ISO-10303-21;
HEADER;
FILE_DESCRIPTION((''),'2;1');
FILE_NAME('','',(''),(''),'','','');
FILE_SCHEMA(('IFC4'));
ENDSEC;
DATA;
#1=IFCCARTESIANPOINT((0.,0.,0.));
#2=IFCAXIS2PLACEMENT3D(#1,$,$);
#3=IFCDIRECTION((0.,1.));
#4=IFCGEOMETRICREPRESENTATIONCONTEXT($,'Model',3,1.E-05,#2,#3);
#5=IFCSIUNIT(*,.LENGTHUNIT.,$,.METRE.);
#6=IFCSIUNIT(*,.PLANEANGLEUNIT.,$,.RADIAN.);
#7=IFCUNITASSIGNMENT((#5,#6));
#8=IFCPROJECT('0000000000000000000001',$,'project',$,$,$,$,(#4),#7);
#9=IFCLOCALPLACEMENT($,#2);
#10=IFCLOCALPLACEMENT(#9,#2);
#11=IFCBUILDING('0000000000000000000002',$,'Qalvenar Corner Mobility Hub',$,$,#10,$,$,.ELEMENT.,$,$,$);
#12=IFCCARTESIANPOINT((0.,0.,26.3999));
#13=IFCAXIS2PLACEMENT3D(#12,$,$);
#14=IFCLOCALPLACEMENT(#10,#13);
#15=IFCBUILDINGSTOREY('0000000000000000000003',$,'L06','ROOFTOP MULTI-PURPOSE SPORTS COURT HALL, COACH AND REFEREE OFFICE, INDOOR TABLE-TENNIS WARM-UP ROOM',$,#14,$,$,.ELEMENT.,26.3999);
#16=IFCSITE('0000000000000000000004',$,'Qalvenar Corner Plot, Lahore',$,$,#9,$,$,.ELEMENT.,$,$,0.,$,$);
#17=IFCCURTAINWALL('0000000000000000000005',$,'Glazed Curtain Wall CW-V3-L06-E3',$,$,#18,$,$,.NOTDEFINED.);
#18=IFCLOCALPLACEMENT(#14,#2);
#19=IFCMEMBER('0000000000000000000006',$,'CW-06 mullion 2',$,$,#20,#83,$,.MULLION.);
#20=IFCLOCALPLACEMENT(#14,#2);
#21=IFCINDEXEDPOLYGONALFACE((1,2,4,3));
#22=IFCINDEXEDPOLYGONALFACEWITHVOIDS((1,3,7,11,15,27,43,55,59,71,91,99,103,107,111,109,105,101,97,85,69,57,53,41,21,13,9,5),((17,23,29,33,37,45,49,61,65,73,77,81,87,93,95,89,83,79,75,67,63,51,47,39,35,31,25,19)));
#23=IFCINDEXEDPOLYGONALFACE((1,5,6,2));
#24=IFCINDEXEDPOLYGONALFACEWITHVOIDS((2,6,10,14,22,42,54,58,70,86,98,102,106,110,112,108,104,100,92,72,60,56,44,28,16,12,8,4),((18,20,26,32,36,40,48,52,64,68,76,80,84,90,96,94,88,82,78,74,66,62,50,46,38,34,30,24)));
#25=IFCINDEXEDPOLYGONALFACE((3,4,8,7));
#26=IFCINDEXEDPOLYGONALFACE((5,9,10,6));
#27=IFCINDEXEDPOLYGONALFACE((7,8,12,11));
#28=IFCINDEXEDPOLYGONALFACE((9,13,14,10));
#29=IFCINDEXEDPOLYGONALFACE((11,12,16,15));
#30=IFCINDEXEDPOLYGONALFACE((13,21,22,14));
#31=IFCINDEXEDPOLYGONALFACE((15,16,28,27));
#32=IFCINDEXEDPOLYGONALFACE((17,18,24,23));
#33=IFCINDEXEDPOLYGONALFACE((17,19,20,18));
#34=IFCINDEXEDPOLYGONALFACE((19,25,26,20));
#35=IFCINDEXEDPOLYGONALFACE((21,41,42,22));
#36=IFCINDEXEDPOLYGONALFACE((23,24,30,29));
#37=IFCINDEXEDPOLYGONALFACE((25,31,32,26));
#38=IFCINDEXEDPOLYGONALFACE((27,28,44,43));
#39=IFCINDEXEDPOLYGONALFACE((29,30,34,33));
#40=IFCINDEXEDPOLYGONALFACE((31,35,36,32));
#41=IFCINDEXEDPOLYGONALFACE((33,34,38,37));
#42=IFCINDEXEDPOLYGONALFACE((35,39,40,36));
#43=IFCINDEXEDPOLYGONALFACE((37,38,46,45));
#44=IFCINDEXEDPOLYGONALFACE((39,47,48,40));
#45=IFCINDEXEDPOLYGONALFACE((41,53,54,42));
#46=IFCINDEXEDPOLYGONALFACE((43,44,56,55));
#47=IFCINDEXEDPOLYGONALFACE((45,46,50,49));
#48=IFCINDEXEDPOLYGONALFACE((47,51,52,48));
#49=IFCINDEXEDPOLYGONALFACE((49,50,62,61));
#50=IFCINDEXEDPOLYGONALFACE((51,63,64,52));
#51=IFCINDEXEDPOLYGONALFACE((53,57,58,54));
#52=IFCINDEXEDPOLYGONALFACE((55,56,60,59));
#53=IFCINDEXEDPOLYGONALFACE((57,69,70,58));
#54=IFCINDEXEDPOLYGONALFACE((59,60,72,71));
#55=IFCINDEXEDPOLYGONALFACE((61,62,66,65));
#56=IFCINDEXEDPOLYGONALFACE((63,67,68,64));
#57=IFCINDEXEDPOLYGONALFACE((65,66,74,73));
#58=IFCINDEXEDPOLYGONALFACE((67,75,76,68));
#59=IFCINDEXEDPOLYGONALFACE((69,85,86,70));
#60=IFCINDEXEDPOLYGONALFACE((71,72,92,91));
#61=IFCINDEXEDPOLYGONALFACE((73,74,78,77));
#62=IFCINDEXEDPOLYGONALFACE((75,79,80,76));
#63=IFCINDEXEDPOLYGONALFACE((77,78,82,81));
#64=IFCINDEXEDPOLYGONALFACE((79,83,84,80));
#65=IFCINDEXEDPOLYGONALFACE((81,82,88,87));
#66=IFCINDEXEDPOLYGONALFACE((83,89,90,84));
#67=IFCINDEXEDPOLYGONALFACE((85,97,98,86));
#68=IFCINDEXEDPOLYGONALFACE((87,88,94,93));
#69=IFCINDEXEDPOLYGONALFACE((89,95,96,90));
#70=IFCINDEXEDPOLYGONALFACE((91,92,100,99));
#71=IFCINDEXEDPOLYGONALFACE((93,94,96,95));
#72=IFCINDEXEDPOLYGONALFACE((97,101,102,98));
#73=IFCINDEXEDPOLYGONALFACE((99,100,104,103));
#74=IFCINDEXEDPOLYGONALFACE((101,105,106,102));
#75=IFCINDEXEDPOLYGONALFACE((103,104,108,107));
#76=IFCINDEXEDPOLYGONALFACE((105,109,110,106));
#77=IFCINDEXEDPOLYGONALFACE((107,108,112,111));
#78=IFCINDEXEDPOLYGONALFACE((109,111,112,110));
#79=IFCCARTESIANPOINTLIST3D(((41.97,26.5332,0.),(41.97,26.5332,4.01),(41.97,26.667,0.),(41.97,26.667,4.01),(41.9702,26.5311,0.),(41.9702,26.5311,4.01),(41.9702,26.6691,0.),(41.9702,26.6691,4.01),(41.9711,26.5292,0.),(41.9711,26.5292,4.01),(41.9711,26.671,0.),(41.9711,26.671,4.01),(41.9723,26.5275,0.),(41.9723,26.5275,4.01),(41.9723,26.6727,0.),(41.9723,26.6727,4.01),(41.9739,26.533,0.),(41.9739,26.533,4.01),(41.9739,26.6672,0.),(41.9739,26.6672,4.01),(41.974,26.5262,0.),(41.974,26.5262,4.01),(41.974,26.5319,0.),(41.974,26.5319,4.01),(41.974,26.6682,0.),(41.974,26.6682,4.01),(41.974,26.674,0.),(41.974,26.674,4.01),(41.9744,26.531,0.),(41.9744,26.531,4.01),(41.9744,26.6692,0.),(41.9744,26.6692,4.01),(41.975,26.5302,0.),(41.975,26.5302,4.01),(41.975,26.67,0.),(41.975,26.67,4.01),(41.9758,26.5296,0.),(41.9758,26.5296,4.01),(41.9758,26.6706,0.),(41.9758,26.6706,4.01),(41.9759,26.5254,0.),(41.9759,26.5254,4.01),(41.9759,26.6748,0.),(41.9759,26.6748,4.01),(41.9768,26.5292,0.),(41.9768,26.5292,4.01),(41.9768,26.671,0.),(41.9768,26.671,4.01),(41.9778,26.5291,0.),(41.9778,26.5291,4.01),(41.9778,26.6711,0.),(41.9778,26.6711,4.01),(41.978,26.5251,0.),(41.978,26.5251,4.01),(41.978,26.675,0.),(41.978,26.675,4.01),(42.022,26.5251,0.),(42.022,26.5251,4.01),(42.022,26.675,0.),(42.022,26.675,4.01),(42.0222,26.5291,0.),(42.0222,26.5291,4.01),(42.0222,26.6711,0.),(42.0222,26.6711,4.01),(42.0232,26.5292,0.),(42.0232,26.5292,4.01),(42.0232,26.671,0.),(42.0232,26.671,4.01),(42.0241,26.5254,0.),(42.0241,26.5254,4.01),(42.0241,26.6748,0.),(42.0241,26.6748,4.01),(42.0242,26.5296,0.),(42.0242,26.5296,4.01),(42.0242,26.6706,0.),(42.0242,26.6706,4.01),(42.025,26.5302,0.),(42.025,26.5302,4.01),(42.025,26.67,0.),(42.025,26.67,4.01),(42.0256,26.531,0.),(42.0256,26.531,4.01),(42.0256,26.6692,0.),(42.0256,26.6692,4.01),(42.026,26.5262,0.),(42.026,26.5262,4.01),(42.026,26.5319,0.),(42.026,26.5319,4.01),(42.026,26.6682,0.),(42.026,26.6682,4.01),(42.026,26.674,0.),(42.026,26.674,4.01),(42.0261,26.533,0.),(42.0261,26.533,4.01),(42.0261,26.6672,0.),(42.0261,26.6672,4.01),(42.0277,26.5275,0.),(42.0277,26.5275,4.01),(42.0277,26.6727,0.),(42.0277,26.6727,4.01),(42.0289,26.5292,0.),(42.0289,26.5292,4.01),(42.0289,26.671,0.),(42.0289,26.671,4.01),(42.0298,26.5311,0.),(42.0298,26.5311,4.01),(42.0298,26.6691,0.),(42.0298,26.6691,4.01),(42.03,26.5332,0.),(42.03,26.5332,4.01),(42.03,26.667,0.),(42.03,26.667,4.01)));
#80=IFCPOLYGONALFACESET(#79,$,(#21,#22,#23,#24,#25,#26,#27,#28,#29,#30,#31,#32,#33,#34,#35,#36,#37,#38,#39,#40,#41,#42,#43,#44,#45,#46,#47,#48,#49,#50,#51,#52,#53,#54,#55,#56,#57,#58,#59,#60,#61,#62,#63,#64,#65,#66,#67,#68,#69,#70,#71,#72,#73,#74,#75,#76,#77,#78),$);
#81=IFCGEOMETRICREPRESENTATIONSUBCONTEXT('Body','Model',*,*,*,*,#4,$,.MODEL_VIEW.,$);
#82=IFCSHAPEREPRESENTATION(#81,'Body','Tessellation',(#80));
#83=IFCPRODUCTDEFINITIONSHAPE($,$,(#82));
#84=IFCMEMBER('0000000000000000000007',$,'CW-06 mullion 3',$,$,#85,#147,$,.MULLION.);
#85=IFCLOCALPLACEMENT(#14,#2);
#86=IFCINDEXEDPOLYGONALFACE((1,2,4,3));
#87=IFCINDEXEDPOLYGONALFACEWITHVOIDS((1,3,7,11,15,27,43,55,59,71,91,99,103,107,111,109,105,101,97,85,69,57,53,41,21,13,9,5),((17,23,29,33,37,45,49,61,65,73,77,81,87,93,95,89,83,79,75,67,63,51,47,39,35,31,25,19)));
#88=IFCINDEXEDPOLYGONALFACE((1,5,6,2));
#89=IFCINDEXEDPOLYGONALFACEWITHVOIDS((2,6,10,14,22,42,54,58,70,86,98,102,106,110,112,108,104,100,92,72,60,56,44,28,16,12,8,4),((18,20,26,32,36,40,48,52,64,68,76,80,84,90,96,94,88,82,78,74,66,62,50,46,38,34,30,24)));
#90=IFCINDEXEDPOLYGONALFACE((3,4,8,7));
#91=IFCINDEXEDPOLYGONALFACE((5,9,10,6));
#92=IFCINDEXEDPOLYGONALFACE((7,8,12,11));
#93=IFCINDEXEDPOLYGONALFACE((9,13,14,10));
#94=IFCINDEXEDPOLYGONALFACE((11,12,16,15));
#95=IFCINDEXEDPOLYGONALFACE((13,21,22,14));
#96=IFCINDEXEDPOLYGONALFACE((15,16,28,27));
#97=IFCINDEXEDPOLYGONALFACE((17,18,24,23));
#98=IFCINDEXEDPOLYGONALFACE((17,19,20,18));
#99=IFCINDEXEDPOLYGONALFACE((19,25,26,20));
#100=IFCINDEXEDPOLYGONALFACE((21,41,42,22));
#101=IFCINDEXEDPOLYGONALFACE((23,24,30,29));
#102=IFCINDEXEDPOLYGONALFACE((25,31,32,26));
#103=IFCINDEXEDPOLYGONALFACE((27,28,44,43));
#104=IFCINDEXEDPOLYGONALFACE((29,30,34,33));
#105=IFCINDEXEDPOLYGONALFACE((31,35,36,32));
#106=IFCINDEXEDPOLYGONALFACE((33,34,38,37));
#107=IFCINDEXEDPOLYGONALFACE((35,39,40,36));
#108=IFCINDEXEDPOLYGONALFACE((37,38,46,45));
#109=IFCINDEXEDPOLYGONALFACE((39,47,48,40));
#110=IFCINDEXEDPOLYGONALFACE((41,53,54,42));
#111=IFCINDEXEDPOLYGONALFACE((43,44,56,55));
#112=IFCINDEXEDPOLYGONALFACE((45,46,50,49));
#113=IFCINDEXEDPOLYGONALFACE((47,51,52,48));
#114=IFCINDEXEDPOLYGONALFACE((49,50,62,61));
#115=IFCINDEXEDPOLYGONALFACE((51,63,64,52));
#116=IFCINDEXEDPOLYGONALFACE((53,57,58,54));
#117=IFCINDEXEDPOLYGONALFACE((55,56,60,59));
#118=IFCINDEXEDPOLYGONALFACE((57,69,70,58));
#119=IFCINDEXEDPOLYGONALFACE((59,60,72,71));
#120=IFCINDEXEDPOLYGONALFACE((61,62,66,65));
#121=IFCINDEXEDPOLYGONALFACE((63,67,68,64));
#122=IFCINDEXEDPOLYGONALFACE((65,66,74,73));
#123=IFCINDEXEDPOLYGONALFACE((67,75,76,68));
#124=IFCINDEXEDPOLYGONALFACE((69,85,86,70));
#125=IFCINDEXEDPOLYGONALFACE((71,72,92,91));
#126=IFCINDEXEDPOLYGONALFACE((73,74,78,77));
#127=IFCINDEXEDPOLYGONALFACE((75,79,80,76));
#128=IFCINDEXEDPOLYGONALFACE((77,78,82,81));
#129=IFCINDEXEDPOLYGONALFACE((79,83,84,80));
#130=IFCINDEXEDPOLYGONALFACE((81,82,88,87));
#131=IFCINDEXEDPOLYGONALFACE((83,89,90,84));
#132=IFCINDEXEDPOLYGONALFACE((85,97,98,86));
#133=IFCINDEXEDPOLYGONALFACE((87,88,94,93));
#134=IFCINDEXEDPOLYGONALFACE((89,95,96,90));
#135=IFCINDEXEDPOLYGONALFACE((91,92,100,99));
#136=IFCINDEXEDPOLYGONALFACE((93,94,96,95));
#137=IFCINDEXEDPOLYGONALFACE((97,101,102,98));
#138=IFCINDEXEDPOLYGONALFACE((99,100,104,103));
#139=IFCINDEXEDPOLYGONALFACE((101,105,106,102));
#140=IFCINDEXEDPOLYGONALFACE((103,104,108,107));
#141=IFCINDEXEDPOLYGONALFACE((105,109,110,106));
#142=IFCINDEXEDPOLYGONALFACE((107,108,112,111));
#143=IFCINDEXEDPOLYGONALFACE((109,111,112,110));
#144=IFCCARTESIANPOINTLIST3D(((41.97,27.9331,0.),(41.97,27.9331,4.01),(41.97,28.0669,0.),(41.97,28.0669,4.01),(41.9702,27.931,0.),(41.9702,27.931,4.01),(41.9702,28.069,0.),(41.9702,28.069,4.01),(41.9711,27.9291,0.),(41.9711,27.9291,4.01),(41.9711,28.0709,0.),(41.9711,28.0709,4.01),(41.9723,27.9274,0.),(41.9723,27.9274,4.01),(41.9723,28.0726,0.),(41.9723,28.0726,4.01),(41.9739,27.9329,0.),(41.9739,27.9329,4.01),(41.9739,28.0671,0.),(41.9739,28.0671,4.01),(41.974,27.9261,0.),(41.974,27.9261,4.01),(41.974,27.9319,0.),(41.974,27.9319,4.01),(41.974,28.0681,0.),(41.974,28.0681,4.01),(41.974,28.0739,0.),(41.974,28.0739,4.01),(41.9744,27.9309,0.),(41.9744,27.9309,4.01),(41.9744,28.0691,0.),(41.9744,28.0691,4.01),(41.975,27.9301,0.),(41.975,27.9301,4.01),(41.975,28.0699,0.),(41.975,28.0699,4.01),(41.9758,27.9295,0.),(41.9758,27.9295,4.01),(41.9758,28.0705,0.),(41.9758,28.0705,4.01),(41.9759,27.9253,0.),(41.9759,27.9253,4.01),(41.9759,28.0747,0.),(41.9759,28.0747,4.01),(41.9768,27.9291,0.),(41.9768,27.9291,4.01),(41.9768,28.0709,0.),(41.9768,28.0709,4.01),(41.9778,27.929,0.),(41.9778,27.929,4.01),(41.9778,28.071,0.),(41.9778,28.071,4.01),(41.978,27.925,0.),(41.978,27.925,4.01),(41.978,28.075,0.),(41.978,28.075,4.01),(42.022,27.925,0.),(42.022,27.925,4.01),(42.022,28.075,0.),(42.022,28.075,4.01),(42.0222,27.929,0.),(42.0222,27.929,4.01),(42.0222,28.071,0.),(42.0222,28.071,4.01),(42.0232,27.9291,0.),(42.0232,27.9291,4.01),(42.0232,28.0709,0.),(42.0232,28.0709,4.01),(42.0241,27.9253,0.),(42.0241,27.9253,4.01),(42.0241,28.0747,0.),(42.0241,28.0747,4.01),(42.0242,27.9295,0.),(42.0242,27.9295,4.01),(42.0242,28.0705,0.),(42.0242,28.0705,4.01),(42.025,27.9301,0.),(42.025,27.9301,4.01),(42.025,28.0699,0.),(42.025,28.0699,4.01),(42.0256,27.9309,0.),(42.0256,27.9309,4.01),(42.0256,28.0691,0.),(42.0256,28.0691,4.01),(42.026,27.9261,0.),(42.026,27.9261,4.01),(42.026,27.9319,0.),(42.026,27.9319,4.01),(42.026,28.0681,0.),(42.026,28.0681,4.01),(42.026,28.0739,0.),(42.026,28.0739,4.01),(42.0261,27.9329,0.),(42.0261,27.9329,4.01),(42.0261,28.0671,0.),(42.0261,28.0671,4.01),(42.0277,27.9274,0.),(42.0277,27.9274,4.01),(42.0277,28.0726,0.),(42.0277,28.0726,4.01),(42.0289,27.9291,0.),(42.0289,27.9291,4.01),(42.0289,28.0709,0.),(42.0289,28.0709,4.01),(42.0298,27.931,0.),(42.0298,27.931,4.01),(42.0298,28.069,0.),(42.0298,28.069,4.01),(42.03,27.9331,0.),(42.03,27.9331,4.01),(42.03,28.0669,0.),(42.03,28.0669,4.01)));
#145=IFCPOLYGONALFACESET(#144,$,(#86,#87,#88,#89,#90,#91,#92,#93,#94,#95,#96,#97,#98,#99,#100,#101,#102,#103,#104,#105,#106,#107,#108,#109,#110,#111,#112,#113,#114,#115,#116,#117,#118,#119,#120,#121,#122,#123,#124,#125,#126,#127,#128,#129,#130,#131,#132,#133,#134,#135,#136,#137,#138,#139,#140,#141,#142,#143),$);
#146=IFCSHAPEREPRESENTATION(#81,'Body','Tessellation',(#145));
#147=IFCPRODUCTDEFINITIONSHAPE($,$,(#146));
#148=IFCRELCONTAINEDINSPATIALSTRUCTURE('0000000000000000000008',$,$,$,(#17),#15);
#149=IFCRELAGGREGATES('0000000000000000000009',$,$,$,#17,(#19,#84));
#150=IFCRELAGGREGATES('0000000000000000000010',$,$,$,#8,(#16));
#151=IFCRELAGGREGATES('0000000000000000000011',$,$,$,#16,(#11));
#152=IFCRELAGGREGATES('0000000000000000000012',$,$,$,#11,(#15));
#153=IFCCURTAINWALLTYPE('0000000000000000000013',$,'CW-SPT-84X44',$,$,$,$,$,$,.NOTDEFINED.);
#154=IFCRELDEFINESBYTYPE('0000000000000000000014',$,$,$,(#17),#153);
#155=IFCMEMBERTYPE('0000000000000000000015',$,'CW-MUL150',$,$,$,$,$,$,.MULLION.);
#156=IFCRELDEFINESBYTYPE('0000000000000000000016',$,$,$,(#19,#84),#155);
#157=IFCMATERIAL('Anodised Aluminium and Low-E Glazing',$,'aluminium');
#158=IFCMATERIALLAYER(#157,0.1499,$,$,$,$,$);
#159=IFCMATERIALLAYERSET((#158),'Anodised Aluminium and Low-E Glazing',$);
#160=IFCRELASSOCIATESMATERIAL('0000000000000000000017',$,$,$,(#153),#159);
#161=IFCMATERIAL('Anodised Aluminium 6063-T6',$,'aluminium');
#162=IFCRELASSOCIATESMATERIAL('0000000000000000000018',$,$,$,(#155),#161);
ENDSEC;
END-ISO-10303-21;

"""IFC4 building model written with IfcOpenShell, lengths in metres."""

from ifc_helpers import new_model, si_unit, direction, frame, origin, origin_2d, place, context, subcontext, project, spatial, hollow_rectangle, extrude, material, layer, layer_set, material_profile, profile_set, type_object, element, aggregate, save


model = new_model("IFC4")

# Units and contexts
model_context = context("Model", 3, precision=1e-05, world=origin(), true_north=direction((0.0, 1.0)))
body_context = subcontext(model_context, "Body", "Model", "MODEL_VIEW")
ifc_project = project(units=[si_unit("LENGTHUNIT", "METRE"), si_unit("PLANEANGLEUNIT", "RADIAN")], contexts=[model_context])

# Site, building, storey
site_placement = place(None, origin())
site = spatial("IfcSite", under=ifc_project, at=site_placement, Name="Qalvenar Corner Plot, Lahore", CompositionType="ELEMENT", RefElevation=0.0)
building_placement = place(site_placement, origin())
building = spatial("IfcBuilding", under=site, at=building_placement, Name="Qalvenar Corner Mobility Hub", CompositionType="ELEMENT")
storey_placement = place(building_placement, frame((0.0, 0.0, 26.3999)))
storey = spatial("IfcBuildingStorey", under=building, at=storey_placement, Name="L06", Description="ROOFTOP MULTI-PURPOSE SPORTS COURT HALL, COACH AND REFEREE OFFICE, INDOOR TABLE-TENNIS WARM-UP ROOM", CompositionType="ELEMENT", Elevation=26.3999)

# Shared definitions
ifc_material_1 = material(Name="Anodised Aluminium and Low-E Glazing", Category="aluminium")
ifc_material_2 = material(Name="Anodised Aluminium 6063-T6", Category="aluminium")

# Curtain wall, members
ifc_layer_1 = layer(ifc_material_1, 0.1499)
ifc_layer_set_1 = layer_set([ifc_layer_1], Name="Anodised Aluminium and Low-E Glazing")
curtain_wall_type_1 = type_object("IfcCurtainWallType", Name="CW-SPT-84X44", PredefinedType="NOTDEFINED", material=ifc_layer_set_1)
curtain_wall_1_placement = place(storey_placement, origin())
curtain_wall_1 = element("IfcCurtainWall", 1, at=curtain_wall_1_placement, inside=storey, type_object=curtain_wall_type_1, Name="Glazed Curtain Wall CW-V3-L06-E3", PredefinedType="NOTDEFINED")
ifc_material_profile_1 = material_profile(ifc_material_2, hollow_rectangle(XDim=0.0601, YDim=0.1499, WallThickness=0.0039, InnerFilletRadius=0.0039, OuterFilletRadius=0.0081, at=origin_2d()), Name="RHS150x60x4")
ifc_profile_set_1 = profile_set([ifc_material_profile_1], Name="Anodised Aluminium 6063-T6")
member_type_1 = type_object("IfcMemberType", Name="CW-MUL150", PredefinedType="MULLION", material=ifc_profile_set_1)
member_1_placement = place(storey_placement, frame((42.0, 26.6001, 0.0), z_axis=(0.0, 0.0, 1.0), x_axis=(-1.0, 0.0, 0.0)))
member_1 = element("IfcMember", 2, at=member_1_placement, type_object=member_type_1, Name="CW-06 mullion 2", PredefinedType="MULLION", context=body_context, shape_type="SweptSolid", body=[
    extrude(hollow_rectangle(XDim=0.0601, YDim=0.1499, WallThickness=0.0039, InnerFilletRadius=0.0039, OuterFilletRadius=0.0081, at=origin_2d()), origin(), (0.0, 0.0, 1.0), 4.01),
])
member_2_placement = place(storey_placement, frame((42.0, 28.0, 0.0), z_axis=(0.0, 0.0, 1.0), x_axis=(-1.0, 0.0, 0.0)))
member_2 = element("IfcMember", 3, at=member_2_placement, type_object=member_type_1, Name="CW-06 mullion 3", PredefinedType="MULLION", context=body_context, shape_type="SweptSolid", body=[
    extrude(hollow_rectangle(XDim=0.0601, YDim=0.1499, WallThickness=0.0039, InnerFilletRadius=0.0039, OuterFilletRadius=0.0081, at=origin_2d()), origin(), (0.0, 0.0, 1.0), 4.01),
])

aggregate(curtain_wall_1, [member_1, member_2])

save(model, "model.ifc")
